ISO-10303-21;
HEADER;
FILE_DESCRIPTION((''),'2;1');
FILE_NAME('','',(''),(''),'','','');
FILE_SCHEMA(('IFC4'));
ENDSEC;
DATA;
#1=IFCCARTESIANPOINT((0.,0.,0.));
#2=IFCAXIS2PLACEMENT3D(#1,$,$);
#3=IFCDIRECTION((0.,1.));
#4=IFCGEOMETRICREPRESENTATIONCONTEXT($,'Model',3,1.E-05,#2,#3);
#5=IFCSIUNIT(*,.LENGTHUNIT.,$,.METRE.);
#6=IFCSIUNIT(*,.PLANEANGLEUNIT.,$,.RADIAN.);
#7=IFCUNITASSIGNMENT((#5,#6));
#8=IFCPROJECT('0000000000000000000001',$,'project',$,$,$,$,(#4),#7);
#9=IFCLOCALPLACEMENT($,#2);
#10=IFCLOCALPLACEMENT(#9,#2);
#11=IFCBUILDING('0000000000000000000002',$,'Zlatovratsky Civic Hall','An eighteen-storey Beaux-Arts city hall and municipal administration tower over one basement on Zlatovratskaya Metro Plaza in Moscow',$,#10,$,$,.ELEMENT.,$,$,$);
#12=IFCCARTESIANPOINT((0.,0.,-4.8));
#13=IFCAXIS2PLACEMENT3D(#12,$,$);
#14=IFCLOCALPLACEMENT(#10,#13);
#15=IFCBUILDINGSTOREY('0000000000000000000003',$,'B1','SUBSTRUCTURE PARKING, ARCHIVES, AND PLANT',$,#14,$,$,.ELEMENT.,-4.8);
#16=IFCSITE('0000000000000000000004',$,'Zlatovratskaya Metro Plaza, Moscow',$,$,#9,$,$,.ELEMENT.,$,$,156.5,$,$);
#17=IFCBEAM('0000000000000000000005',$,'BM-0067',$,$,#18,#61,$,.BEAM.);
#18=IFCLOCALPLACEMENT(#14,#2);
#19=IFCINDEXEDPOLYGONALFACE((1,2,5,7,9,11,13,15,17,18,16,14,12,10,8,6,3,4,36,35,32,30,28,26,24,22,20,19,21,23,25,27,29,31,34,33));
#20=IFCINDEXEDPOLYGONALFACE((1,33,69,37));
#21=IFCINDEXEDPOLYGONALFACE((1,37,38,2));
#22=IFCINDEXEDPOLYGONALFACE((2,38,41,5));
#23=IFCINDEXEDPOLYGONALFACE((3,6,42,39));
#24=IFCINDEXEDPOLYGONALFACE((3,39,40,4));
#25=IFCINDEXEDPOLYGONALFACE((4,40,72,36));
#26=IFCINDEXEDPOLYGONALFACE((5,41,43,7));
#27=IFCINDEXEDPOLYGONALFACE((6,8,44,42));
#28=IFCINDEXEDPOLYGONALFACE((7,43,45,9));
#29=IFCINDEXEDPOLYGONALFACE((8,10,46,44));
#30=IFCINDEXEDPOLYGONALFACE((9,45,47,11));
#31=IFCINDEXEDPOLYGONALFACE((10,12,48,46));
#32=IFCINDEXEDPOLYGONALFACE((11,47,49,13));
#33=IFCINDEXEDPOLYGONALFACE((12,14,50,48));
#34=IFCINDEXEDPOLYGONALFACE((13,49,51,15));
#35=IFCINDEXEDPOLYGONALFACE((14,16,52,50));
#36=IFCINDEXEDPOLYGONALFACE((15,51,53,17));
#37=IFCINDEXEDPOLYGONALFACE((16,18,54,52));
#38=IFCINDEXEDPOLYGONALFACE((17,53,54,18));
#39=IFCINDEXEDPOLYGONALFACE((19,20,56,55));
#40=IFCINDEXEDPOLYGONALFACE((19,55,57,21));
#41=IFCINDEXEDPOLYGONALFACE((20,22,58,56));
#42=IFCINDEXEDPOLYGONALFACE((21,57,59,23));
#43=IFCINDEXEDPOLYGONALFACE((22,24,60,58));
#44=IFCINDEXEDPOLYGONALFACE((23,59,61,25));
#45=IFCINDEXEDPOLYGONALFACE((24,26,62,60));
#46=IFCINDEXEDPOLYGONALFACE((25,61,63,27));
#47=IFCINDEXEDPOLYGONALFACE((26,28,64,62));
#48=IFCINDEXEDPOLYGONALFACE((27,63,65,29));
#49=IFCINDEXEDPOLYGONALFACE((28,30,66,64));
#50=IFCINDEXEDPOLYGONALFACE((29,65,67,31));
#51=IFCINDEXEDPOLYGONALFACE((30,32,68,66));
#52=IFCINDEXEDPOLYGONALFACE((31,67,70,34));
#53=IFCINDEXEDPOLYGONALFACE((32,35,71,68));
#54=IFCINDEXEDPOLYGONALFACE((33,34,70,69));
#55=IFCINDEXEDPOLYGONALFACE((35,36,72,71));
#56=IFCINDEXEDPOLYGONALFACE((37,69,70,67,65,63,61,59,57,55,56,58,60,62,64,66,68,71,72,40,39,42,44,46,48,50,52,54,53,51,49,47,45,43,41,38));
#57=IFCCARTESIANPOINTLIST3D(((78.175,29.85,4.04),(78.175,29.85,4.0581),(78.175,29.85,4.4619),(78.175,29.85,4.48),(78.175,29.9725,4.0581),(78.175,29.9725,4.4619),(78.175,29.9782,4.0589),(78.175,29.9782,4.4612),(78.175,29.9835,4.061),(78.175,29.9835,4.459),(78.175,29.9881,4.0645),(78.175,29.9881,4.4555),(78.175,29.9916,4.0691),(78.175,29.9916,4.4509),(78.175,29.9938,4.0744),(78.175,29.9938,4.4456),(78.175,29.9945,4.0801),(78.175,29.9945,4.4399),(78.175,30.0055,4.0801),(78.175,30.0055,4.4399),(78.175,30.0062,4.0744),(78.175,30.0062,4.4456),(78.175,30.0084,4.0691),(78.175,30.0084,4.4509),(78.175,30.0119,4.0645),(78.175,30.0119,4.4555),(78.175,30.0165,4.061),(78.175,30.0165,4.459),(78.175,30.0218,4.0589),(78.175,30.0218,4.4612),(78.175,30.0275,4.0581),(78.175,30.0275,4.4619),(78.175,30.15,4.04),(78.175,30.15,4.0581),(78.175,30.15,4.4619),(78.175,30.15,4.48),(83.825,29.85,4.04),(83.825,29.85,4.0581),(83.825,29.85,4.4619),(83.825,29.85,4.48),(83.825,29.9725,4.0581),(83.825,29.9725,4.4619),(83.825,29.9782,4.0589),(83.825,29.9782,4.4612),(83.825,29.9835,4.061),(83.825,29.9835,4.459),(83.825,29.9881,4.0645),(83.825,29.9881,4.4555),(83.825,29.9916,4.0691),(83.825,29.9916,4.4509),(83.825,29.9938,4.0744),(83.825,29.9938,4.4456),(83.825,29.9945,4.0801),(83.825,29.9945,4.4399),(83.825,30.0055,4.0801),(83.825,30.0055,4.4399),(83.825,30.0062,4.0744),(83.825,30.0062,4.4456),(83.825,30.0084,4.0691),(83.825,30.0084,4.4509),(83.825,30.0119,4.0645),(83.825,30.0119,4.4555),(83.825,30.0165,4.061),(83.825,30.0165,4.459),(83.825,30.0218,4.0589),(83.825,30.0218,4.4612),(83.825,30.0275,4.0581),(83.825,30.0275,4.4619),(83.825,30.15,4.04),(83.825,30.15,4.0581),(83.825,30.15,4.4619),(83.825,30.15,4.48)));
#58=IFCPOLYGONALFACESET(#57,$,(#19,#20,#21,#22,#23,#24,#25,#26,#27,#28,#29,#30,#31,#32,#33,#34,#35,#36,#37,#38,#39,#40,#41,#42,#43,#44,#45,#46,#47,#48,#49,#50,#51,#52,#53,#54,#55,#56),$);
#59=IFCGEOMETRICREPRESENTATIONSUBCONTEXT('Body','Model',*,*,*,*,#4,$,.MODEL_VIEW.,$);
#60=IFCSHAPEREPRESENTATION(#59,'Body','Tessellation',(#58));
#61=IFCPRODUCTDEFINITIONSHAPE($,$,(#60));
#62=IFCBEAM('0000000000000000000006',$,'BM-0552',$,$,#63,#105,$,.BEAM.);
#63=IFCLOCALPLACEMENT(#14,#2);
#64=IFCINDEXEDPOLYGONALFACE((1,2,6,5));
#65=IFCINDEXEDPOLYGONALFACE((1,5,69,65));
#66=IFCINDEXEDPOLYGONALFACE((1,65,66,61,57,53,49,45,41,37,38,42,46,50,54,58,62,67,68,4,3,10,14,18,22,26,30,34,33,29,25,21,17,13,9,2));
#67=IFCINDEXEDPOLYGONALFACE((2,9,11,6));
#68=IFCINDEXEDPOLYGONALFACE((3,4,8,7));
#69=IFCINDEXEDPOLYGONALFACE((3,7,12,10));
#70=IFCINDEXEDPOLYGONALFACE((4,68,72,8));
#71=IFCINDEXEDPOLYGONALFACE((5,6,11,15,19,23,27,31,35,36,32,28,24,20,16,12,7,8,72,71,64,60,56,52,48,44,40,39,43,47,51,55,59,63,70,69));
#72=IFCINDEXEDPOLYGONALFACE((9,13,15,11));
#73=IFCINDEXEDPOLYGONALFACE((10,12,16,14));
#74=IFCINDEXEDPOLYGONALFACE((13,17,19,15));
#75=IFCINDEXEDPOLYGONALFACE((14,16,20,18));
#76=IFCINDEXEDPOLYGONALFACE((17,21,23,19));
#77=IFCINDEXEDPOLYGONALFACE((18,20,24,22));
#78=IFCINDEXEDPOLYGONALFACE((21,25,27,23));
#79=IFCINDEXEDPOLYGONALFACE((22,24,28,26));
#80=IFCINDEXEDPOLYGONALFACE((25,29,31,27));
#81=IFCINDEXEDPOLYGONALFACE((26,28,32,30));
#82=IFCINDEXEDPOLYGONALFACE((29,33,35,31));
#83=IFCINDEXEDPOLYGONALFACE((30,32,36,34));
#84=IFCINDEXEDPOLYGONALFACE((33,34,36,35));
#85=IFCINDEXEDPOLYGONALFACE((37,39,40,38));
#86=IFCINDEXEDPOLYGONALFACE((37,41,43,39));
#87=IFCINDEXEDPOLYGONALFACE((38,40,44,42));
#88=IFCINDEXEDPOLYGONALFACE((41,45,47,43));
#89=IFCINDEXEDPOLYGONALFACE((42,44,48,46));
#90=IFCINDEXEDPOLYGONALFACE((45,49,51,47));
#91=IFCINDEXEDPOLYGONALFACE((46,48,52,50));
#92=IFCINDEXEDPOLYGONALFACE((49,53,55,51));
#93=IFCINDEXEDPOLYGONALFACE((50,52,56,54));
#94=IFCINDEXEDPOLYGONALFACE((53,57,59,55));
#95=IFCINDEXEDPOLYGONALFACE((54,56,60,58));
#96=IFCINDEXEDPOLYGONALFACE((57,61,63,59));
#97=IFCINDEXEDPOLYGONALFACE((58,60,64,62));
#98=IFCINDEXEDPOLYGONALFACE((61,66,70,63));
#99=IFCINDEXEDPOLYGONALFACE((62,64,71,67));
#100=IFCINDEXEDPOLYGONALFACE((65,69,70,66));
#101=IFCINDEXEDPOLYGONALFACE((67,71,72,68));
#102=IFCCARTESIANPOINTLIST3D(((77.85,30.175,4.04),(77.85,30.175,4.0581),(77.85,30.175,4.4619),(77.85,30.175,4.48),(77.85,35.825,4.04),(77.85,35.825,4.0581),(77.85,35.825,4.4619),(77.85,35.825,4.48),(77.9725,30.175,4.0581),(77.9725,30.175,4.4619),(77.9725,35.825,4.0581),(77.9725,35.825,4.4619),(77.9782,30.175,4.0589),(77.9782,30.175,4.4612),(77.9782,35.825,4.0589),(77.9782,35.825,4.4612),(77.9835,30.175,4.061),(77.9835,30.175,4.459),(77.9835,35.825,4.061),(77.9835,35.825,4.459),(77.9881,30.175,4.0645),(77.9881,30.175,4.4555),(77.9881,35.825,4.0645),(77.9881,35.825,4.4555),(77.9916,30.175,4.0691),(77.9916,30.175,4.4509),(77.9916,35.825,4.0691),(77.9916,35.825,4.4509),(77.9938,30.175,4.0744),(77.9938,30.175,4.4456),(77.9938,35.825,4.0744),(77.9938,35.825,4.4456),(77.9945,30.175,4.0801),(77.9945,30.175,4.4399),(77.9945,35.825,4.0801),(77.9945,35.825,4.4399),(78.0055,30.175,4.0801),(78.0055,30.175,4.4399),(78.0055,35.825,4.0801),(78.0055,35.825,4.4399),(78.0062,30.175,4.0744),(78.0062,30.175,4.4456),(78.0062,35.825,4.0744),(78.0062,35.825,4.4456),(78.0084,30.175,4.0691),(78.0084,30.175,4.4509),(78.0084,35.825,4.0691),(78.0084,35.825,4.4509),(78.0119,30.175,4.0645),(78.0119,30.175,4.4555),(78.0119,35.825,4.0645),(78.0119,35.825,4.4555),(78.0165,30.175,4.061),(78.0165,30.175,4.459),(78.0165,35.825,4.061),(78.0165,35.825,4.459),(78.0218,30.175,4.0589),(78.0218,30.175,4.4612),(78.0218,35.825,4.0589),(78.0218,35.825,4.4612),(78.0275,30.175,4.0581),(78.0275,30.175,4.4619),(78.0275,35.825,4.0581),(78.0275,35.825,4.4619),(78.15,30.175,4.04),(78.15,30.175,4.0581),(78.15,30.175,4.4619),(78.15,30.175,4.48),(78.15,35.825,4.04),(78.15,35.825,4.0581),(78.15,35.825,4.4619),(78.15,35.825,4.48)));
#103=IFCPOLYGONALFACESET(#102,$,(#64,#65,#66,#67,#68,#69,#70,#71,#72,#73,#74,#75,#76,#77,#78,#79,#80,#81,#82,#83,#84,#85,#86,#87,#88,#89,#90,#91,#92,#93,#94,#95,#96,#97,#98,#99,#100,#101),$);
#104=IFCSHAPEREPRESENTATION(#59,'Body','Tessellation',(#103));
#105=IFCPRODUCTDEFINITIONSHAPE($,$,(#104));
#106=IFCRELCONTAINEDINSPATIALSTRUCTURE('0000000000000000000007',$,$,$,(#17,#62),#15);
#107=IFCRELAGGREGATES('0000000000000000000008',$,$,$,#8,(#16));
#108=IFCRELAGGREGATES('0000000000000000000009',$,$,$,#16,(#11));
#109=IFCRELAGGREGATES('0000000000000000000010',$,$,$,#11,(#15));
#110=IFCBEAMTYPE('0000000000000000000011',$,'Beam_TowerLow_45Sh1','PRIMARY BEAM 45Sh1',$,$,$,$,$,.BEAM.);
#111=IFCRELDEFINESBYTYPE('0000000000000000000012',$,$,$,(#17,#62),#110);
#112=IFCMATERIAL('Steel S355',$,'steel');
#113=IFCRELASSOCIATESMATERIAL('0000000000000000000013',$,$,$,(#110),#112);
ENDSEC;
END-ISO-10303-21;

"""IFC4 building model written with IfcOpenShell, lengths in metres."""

from ifc_helpers import new_model, si_unit, direction, frame, origin, origin_2d, place, context, subcontext, project, spatial, i_section, extrude, material, material_profile, profile_set, type_object, element, save


model = new_model("IFC4")

# Units and contexts
model_context = context("Model", 3, precision=1e-05, world=origin(), true_north=direction((0.0, 1.0)))
body_context = subcontext(model_context, "Body", "Model", "MODEL_VIEW")
ifc_project = project(units=[si_unit("LENGTHUNIT", "METRE"), si_unit("PLANEANGLEUNIT", "RADIAN")], contexts=[model_context])

# Site, building, storey
site_placement = place(None, origin())
site = spatial("IfcSite", under=ifc_project, at=site_placement, Name="Zlatovratskaya Metro Plaza, Moscow", CompositionType="ELEMENT", RefElevation=156.5)
building_placement = place(site_placement, origin())
building = spatial("IfcBuilding", under=site, at=building_placement, Name="Zlatovratsky Civic Hall", Description="An eighteen-storey Beaux-Arts city hall and municipal administration tower over one basement on Zlatovratskaya Metro Plaza in Moscow", CompositionType="ELEMENT")
storey_placement = place(building_placement, frame((0.0, 0.0, -4.8)))
storey = spatial("IfcBuildingStorey", under=building, at=storey_placement, Name="B1", Description="SUBSTRUCTURE PARKING, ARCHIVES, AND PLANT", CompositionType="ELEMENT", Elevation=-4.8)

# Shared definitions
ifc_material_1 = material(Name="Steel S355", Category="steel")

# Beams
ifc_material_profile_1 = material_profile(ifc_material_1, i_section(OverallWidth=0.3, OverallDepth=0.4399, WebThickness=0.011, FlangeThickness=0.0181, FilletRadius=0.022, at=origin_2d()), Name="45Sh1")
ifc_profile_set_1 = profile_set([ifc_material_profile_1], Name="Steel S355")
beam_type_1 = type_object("IfcBeamType", Name="Beam_TowerLow_45Sh1", Description="PRIMARY BEAM 45Sh1", PredefinedType="BEAM", material=ifc_profile_set_1)
for number, where, z_axis, x_axis, name in (
    (1, (78.175, 30.0, 4.26), (1.0, 0.0, 0.0), (0.0, 1.0, 0.0), "BM-0067"),
    (2, (78.0, 30.175, 4.26), (0.0, 1.0, 0.0), (-1.0, 0.0, 0.0), "BM-0552"),
):
    element("IfcBeam", number, at=place(storey_placement, frame(where, z_axis=z_axis, x_axis=x_axis)), inside=storey, type_object=beam_type_1, Name=name, PredefinedType="BEAM", context=body_context, shape_type="SweptSolid", body=[
        extrude(i_section(OverallWidth=0.3, OverallDepth=0.4399, WebThickness=0.011, FlangeThickness=0.0181, FilletRadius=0.022, at=origin_2d()), origin(), (0.0, 0.0, 1.0), 5.6499),
    ])

save(model, "model.ifc")
